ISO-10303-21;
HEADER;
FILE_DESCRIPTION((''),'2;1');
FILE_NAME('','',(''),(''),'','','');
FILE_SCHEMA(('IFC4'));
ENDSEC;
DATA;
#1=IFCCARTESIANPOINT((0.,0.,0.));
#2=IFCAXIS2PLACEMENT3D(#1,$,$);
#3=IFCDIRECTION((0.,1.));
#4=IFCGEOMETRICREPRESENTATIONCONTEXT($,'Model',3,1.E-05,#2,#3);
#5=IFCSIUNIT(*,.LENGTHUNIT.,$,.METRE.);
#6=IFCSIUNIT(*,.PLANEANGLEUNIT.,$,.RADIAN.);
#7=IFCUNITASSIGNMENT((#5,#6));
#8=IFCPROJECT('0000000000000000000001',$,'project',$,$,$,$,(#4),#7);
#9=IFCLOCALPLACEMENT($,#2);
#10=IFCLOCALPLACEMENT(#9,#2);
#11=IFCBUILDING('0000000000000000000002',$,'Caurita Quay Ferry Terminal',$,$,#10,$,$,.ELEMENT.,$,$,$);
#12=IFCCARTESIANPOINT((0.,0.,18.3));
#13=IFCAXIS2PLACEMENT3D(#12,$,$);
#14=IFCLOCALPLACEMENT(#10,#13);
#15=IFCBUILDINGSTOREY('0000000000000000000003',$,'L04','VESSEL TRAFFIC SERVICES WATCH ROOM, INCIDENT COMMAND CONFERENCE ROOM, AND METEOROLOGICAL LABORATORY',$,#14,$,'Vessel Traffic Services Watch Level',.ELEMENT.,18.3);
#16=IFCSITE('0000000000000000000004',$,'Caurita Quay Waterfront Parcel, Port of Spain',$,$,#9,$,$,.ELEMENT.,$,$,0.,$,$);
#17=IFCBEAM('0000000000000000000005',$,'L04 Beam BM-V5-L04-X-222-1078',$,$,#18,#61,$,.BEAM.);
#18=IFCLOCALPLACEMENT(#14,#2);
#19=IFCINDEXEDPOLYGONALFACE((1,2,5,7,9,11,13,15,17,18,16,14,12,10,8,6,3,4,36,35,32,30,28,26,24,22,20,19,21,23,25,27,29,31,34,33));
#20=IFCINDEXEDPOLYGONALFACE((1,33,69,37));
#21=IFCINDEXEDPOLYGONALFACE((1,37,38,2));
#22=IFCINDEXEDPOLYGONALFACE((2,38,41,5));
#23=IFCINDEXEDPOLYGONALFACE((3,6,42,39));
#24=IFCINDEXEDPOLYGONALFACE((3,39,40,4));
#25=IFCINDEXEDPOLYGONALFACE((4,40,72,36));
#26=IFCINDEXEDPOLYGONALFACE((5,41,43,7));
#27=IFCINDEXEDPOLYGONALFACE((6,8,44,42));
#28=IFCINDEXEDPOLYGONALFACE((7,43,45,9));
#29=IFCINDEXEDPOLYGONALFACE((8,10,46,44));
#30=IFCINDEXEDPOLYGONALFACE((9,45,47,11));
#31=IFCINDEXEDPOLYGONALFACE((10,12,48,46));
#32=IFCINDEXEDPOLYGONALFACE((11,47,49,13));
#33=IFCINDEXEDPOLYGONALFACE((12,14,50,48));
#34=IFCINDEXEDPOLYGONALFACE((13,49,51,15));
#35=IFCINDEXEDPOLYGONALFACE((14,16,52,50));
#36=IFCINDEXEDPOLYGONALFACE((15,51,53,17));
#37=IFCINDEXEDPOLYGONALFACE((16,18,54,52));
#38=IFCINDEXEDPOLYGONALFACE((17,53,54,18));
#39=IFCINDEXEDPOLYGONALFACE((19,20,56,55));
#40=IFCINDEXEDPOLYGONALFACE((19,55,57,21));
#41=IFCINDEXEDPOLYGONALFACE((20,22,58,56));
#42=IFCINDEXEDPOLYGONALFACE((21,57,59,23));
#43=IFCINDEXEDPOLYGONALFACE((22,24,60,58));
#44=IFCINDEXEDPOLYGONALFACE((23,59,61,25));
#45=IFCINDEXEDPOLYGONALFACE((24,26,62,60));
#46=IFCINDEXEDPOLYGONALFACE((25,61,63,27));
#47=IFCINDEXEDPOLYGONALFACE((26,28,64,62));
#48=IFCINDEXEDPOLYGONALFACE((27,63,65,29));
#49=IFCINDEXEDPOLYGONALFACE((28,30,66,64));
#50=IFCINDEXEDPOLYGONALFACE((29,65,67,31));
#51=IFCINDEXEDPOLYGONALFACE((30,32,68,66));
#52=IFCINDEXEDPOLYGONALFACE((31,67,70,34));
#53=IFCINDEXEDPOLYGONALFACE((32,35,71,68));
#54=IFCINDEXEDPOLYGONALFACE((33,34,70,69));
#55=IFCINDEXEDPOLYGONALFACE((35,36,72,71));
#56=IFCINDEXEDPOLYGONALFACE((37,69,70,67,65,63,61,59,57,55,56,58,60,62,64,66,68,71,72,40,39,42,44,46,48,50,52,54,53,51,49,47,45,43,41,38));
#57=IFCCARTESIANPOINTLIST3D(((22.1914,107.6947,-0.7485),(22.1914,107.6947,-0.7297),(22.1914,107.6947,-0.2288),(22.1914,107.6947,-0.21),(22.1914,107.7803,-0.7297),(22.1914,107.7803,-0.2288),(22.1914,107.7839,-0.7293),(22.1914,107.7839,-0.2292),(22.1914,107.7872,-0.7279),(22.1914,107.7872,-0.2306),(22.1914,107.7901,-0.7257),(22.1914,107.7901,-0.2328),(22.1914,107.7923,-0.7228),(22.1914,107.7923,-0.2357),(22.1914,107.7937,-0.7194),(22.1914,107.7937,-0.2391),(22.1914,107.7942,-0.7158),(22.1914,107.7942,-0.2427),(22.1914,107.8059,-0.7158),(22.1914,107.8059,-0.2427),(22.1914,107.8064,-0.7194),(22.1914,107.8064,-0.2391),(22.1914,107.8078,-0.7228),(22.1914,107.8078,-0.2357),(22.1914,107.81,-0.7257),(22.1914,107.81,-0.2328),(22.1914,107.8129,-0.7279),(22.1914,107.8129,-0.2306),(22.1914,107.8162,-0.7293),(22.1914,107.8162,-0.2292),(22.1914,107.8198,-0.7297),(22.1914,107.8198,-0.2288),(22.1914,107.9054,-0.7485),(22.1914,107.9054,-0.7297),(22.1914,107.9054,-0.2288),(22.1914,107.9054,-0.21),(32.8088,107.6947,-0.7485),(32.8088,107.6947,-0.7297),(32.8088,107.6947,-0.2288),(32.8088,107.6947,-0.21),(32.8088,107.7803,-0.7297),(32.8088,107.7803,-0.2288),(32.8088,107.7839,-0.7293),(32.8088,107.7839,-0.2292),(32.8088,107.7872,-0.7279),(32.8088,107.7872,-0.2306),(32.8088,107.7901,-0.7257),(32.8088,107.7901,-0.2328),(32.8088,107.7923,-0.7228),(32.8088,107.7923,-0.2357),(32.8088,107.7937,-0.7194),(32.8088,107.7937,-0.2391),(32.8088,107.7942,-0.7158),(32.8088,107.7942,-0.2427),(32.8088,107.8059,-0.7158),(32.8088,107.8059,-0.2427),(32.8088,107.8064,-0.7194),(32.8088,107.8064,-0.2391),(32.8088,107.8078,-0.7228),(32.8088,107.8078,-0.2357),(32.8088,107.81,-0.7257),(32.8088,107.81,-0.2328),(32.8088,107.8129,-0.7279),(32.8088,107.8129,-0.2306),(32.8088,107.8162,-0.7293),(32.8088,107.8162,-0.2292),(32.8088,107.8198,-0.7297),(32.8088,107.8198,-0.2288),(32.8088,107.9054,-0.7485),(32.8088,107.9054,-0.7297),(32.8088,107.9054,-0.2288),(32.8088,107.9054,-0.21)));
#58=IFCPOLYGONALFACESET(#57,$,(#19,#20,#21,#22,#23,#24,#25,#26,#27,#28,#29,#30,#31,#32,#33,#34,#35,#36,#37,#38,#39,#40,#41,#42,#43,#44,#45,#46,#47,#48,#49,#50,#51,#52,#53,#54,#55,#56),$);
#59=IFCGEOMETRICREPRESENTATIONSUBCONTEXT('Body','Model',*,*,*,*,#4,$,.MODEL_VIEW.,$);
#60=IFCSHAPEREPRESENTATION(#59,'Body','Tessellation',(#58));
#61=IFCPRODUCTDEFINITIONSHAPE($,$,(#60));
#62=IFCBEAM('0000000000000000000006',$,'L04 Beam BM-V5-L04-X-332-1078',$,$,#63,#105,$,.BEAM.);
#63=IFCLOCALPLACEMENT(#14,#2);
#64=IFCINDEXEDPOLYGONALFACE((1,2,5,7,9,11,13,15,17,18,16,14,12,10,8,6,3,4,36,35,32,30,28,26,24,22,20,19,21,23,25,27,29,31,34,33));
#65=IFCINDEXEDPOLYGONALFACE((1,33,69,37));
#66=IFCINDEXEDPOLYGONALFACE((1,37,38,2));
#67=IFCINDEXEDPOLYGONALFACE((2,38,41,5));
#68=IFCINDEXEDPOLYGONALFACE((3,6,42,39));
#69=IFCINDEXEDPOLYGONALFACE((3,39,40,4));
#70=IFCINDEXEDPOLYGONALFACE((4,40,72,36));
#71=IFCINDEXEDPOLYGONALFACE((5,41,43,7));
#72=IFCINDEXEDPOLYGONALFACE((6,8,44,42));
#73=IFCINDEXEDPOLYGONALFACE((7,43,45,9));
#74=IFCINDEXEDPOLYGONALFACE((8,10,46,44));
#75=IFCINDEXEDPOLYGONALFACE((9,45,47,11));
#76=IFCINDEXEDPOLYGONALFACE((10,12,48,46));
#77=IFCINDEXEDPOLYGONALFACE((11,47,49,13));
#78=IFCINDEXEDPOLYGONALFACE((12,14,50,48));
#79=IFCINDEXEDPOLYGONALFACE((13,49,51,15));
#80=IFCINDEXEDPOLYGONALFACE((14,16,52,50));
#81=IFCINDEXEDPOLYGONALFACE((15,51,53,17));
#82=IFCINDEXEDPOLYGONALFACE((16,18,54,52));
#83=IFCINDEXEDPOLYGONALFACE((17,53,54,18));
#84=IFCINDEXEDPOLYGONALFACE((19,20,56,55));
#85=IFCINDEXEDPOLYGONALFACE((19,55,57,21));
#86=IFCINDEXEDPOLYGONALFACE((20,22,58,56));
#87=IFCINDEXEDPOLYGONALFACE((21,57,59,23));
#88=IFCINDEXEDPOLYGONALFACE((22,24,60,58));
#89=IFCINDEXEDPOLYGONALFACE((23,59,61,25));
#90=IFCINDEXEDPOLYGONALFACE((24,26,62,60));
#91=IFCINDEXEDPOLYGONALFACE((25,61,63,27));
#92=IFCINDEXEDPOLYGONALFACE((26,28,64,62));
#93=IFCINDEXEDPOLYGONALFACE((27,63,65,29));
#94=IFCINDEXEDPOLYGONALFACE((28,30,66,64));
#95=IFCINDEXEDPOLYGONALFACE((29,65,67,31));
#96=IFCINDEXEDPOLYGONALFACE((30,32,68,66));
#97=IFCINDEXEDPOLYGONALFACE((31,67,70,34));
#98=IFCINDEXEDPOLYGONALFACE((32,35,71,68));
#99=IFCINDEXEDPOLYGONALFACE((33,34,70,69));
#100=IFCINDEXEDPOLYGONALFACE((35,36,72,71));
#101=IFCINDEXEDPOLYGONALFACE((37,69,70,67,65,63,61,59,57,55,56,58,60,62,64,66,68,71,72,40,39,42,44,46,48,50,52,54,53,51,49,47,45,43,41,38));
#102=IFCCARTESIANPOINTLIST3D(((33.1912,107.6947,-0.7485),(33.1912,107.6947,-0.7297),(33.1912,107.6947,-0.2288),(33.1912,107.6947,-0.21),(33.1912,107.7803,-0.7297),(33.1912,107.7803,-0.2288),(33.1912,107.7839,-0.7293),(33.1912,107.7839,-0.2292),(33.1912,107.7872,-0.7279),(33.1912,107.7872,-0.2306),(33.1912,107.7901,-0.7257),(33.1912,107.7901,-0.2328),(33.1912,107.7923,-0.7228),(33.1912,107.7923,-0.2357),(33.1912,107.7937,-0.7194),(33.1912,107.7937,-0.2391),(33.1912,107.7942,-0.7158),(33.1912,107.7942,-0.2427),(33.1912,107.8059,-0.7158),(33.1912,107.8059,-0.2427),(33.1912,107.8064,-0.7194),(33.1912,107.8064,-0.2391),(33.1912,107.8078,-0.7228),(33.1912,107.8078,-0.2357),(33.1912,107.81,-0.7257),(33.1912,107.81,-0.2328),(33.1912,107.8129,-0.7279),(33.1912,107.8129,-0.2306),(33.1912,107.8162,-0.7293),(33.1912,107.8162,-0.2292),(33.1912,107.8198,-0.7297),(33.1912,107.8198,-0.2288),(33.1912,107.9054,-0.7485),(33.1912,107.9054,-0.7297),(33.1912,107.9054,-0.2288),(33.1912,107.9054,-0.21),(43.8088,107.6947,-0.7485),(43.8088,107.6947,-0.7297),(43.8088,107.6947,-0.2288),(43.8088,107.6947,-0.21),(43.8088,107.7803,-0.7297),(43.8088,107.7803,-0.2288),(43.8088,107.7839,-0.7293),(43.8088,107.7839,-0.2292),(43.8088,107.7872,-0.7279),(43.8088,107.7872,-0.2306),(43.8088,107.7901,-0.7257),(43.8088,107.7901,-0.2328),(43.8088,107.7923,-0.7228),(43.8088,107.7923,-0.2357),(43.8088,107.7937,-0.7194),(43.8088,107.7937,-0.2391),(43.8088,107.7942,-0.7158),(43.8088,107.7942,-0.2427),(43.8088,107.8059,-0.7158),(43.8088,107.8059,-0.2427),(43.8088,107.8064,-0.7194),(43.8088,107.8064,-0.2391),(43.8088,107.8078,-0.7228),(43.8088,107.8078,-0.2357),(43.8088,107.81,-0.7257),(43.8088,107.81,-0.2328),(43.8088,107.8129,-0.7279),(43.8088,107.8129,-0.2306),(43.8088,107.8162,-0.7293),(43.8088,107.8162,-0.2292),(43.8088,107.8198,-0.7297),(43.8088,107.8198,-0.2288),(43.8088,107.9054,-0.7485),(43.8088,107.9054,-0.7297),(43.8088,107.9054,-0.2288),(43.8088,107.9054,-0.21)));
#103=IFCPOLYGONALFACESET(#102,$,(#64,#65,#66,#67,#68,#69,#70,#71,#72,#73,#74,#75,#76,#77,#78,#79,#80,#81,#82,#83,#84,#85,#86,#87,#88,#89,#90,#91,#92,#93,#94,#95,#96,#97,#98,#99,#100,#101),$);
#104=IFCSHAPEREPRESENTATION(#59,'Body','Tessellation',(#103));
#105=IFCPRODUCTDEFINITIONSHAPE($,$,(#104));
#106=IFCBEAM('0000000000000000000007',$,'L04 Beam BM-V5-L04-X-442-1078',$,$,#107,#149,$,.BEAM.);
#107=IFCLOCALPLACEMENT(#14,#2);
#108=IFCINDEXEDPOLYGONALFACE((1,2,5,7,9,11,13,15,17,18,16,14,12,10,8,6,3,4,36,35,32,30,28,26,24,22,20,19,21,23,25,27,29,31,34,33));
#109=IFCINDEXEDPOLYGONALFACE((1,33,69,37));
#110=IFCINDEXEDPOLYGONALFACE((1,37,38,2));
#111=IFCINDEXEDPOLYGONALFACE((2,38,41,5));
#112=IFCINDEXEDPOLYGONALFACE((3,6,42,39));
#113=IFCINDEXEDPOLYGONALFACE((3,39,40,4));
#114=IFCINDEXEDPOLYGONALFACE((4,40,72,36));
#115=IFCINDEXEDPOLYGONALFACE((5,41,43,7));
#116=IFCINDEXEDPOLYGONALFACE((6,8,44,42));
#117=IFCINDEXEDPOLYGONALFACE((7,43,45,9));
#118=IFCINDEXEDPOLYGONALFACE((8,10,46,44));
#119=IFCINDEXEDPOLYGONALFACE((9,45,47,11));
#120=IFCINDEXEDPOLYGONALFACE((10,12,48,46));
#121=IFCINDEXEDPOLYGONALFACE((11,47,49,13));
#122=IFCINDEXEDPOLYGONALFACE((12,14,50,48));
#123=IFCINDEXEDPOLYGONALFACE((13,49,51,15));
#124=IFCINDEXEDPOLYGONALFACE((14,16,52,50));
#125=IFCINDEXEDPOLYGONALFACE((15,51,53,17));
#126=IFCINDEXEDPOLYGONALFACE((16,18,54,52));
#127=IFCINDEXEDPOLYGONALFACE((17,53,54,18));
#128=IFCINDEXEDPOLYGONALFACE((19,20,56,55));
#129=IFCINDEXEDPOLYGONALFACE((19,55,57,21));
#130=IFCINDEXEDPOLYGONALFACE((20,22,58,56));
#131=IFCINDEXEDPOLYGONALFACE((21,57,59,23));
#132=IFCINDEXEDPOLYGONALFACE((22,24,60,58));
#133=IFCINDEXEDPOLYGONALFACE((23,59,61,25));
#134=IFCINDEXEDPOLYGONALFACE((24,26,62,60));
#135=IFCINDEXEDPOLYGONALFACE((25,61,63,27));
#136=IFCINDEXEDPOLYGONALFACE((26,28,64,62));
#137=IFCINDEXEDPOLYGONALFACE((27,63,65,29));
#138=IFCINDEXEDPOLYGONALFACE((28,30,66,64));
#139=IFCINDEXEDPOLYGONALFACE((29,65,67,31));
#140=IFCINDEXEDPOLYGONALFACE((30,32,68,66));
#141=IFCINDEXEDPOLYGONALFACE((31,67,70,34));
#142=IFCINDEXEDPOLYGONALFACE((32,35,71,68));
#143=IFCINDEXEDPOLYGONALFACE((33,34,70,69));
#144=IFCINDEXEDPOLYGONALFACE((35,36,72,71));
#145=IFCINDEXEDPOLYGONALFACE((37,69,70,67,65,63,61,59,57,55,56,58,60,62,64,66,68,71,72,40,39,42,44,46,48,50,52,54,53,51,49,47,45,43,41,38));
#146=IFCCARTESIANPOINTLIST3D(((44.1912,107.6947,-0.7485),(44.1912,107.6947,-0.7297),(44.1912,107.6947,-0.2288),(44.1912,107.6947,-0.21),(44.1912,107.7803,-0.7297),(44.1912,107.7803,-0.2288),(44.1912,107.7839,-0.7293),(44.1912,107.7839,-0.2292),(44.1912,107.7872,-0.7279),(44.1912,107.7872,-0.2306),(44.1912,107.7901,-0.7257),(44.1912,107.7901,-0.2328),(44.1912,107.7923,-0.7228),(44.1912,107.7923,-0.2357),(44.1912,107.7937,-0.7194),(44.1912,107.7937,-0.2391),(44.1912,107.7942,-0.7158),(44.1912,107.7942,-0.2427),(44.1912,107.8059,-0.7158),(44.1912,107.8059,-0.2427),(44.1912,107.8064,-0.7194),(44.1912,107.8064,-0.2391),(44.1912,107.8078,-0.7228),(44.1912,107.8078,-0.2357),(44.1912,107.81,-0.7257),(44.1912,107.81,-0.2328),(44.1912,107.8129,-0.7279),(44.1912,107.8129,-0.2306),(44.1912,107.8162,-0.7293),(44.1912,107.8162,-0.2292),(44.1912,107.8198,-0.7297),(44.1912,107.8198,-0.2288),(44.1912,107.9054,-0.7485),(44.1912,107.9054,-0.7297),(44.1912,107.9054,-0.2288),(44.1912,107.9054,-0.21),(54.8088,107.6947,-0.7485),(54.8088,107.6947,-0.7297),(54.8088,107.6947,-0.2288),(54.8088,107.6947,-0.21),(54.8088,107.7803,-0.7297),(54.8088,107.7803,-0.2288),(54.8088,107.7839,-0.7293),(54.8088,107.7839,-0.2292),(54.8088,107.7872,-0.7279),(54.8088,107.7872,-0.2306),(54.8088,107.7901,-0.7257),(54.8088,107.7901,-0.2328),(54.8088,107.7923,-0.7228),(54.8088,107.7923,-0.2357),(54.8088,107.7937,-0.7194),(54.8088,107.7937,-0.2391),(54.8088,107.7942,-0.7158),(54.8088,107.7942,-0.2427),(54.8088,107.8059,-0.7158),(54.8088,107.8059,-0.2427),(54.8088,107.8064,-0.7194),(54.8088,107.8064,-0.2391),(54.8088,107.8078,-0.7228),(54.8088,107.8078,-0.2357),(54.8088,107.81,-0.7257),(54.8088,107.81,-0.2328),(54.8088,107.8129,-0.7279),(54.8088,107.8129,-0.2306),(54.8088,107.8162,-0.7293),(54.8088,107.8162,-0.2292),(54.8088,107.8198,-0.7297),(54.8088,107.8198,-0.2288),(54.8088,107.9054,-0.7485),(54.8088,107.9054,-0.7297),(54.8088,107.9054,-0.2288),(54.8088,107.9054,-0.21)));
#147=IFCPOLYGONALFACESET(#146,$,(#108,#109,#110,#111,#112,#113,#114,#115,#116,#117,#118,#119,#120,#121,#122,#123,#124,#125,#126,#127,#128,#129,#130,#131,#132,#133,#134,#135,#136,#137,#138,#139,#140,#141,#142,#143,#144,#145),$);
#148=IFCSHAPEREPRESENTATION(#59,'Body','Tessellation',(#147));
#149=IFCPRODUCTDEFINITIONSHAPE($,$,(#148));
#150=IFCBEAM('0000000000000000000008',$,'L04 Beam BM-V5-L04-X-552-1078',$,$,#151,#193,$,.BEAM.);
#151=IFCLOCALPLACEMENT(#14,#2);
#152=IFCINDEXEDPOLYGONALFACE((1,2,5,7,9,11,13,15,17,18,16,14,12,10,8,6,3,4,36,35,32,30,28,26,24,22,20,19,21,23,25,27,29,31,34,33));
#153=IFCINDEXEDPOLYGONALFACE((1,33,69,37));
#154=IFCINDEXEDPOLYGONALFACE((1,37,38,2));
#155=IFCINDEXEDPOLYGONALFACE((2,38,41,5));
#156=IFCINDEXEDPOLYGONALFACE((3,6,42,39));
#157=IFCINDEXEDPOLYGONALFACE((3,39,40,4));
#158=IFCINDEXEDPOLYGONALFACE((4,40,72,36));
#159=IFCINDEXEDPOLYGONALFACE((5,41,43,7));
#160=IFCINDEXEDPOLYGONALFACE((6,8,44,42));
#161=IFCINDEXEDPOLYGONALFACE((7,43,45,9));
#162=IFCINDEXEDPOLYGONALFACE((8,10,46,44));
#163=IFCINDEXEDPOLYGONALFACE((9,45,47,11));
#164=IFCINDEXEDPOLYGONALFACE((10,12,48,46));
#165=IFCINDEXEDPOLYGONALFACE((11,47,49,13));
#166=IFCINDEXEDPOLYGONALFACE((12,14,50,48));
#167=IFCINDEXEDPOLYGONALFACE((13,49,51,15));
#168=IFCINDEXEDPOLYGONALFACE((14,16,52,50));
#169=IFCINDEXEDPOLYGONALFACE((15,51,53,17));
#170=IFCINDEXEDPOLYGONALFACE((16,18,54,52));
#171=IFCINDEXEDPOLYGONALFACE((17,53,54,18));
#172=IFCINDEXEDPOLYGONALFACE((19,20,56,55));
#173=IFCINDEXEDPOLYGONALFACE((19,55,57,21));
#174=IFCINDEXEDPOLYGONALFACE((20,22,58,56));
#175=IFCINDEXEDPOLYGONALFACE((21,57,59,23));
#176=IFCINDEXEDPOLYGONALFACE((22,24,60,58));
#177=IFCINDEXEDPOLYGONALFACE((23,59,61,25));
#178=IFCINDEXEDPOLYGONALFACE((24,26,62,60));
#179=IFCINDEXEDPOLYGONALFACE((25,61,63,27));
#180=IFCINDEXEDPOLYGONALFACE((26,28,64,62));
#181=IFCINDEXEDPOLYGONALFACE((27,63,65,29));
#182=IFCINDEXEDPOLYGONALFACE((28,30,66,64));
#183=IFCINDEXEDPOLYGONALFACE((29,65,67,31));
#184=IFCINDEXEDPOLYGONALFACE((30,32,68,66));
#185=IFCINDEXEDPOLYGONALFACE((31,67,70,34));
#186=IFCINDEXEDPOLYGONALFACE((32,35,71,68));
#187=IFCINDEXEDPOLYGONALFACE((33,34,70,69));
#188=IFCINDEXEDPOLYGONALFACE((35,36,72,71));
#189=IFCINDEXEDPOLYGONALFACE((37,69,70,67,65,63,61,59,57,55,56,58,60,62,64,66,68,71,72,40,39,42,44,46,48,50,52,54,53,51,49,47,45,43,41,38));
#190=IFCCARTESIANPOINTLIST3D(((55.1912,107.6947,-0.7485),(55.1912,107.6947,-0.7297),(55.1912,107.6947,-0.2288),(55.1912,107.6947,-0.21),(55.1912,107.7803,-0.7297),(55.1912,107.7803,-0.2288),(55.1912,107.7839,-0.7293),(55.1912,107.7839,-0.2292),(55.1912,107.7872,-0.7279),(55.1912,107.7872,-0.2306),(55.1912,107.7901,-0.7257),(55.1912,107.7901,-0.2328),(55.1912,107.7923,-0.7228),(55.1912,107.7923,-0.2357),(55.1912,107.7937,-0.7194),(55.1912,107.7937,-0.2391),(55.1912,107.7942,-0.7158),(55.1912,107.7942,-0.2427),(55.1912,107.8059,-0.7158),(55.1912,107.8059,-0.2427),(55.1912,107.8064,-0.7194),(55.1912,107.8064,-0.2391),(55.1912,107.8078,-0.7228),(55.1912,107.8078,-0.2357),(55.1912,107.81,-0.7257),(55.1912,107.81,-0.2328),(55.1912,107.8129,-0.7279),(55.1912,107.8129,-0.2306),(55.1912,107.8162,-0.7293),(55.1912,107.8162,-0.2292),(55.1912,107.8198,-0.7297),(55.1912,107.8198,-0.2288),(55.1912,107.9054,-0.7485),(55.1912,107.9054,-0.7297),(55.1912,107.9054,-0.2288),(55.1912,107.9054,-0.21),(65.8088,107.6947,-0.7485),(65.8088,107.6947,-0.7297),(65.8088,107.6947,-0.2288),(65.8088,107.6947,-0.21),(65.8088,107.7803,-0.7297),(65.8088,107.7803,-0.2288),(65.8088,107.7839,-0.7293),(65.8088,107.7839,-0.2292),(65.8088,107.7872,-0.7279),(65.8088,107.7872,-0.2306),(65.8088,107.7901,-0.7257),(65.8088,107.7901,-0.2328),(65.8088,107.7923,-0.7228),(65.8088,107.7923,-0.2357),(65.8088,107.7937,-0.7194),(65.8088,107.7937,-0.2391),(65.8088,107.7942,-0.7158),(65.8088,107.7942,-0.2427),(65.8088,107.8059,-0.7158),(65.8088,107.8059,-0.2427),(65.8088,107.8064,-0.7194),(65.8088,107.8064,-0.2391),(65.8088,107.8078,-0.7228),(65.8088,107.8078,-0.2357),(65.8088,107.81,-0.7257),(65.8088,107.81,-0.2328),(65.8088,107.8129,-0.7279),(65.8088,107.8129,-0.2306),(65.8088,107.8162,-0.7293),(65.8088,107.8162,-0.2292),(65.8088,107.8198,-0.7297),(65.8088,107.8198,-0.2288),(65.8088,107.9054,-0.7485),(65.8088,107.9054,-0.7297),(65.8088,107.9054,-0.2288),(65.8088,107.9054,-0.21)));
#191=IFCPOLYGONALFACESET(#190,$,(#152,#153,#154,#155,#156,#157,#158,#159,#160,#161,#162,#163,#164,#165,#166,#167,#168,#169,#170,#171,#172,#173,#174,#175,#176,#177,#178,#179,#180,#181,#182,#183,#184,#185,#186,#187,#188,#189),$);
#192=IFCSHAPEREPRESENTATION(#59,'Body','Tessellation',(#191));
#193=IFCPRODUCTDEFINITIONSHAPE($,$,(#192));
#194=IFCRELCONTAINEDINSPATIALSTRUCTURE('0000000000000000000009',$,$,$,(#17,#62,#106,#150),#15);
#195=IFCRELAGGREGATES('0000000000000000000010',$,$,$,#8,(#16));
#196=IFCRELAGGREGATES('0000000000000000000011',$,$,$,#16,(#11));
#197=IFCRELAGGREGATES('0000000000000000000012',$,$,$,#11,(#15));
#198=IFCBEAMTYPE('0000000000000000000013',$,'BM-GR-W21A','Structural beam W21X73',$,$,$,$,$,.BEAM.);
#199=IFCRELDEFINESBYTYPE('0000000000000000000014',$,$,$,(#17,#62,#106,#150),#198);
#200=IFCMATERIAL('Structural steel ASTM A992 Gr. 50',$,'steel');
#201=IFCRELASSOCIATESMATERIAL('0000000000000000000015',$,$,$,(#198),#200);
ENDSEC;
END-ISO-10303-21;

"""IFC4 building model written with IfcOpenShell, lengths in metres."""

from ifc_helpers import new_model, si_unit, direction, frame, origin, origin_2d, place, context, subcontext, project, spatial, i_section, extrude, material, material_profile, profile_set, type_object, element, save


model = new_model("IFC4")

# Units and contexts
model_context = context("Model", 3, precision=1e-05, world=origin(), true_north=direction((0.0, 1.0)))
body_context = subcontext(model_context, "Body", "Model", "MODEL_VIEW")
ifc_project = project(units=[si_unit("LENGTHUNIT", "METRE"), si_unit("PLANEANGLEUNIT", "RADIAN")], contexts=[model_context])

# Site, building, storey
site_placement = place(None, origin())
site = spatial("IfcSite", under=ifc_project, at=site_placement, Name="Caurita Quay Waterfront Parcel, Port of Spain", CompositionType="ELEMENT", RefElevation=0.0)
building_placement = place(site_placement, origin())
building = spatial("IfcBuilding", under=site, at=building_placement, Name="Caurita Quay Ferry Terminal", CompositionType="ELEMENT")
storey_placement = place(building_placement, frame((0.0, 0.0, 18.3)))
storey = spatial("IfcBuildingStorey", under=building, at=storey_placement, Name="L04", Description="VESSEL TRAFFIC SERVICES WATCH ROOM, INCIDENT COMMAND CONFERENCE ROOM, AND METEOROLOGICAL LABORATORY", LongName="Vessel Traffic Services Watch Level", CompositionType="ELEMENT", Elevation=18.3)

# Beams
ifc_material_1 = material(Name="Structural steel ASTM A992 Gr. 50", Category="steel")
ifc_material_profile_1 = material_profile(ifc_material_1, i_section(OverallWidth=0.2107, OverallDepth=0.5386, WebThickness=0.0117, FlangeThickness=0.0188, FilletRadius=0.0139, at=origin_2d()), Name="W21X73")
ifc_profile_set_1 = profile_set([ifc_material_profile_1], Name="Structural steel ASTM A992 Gr. 50")
beam_type_1 = type_object("IfcBeamType", Name="BM-GR-W21A", Description="Structural beam W21X73", PredefinedType="BEAM", material=ifc_profile_set_1)
beam_1_placement = place(storey_placement, frame((22.1914, 107.8, -0.4792), z_axis=(1.0, 0.0, 0.0), x_axis=(0.0, 1.0, 0.0)))
element("IfcBeam", 1, at=beam_1_placement, inside=storey, type_object=beam_type_1, Name="L04 Beam BM-V5-L04-X-222-1078", PredefinedType="BEAM", context=body_context, shape_type="SweptSolid", body=[
    extrude(i_section(OverallWidth=0.2107, OverallDepth=0.5386, WebThickness=0.0117, FlangeThickness=0.0188, FilletRadius=0.0139, at=origin_2d()), origin(), (0.0, 0.0, 1.0), 10.6174),
])
for number, where, z_axis, x_axis, name in (
    (2, (33.1912, 107.8, -0.4792), (1.0, 0.0, 0.0), (0.0, 1.0, 0.0), "L04 Beam BM-V5-L04-X-332-1078"),
    (3, (44.1912, 107.8, -0.4792), (1.0, 0.0, 0.0), (0.0, 1.0, 0.0), "L04 Beam BM-V5-L04-X-442-1078"),
    (4, (55.1912, 107.8, -0.4792), (1.0, 0.0, 0.0), (0.0, 1.0, 0.0), "L04 Beam BM-V5-L04-X-552-1078"),
):
    element("IfcBeam", number, at=place(storey_placement, frame(where, z_axis=z_axis, x_axis=x_axis)), inside=storey, type_object=beam_type_1, Name=name, PredefinedType="BEAM", context=body_context, shape_type="SweptSolid", body=[
        extrude(i_section(OverallWidth=0.2107, OverallDepth=0.5386, WebThickness=0.0117, FlangeThickness=0.0188, FilletRadius=0.0139, at=origin_2d()), origin(), (0.0, 0.0, 1.0), 10.6177),
    ])

save(model, "model.ifc")
